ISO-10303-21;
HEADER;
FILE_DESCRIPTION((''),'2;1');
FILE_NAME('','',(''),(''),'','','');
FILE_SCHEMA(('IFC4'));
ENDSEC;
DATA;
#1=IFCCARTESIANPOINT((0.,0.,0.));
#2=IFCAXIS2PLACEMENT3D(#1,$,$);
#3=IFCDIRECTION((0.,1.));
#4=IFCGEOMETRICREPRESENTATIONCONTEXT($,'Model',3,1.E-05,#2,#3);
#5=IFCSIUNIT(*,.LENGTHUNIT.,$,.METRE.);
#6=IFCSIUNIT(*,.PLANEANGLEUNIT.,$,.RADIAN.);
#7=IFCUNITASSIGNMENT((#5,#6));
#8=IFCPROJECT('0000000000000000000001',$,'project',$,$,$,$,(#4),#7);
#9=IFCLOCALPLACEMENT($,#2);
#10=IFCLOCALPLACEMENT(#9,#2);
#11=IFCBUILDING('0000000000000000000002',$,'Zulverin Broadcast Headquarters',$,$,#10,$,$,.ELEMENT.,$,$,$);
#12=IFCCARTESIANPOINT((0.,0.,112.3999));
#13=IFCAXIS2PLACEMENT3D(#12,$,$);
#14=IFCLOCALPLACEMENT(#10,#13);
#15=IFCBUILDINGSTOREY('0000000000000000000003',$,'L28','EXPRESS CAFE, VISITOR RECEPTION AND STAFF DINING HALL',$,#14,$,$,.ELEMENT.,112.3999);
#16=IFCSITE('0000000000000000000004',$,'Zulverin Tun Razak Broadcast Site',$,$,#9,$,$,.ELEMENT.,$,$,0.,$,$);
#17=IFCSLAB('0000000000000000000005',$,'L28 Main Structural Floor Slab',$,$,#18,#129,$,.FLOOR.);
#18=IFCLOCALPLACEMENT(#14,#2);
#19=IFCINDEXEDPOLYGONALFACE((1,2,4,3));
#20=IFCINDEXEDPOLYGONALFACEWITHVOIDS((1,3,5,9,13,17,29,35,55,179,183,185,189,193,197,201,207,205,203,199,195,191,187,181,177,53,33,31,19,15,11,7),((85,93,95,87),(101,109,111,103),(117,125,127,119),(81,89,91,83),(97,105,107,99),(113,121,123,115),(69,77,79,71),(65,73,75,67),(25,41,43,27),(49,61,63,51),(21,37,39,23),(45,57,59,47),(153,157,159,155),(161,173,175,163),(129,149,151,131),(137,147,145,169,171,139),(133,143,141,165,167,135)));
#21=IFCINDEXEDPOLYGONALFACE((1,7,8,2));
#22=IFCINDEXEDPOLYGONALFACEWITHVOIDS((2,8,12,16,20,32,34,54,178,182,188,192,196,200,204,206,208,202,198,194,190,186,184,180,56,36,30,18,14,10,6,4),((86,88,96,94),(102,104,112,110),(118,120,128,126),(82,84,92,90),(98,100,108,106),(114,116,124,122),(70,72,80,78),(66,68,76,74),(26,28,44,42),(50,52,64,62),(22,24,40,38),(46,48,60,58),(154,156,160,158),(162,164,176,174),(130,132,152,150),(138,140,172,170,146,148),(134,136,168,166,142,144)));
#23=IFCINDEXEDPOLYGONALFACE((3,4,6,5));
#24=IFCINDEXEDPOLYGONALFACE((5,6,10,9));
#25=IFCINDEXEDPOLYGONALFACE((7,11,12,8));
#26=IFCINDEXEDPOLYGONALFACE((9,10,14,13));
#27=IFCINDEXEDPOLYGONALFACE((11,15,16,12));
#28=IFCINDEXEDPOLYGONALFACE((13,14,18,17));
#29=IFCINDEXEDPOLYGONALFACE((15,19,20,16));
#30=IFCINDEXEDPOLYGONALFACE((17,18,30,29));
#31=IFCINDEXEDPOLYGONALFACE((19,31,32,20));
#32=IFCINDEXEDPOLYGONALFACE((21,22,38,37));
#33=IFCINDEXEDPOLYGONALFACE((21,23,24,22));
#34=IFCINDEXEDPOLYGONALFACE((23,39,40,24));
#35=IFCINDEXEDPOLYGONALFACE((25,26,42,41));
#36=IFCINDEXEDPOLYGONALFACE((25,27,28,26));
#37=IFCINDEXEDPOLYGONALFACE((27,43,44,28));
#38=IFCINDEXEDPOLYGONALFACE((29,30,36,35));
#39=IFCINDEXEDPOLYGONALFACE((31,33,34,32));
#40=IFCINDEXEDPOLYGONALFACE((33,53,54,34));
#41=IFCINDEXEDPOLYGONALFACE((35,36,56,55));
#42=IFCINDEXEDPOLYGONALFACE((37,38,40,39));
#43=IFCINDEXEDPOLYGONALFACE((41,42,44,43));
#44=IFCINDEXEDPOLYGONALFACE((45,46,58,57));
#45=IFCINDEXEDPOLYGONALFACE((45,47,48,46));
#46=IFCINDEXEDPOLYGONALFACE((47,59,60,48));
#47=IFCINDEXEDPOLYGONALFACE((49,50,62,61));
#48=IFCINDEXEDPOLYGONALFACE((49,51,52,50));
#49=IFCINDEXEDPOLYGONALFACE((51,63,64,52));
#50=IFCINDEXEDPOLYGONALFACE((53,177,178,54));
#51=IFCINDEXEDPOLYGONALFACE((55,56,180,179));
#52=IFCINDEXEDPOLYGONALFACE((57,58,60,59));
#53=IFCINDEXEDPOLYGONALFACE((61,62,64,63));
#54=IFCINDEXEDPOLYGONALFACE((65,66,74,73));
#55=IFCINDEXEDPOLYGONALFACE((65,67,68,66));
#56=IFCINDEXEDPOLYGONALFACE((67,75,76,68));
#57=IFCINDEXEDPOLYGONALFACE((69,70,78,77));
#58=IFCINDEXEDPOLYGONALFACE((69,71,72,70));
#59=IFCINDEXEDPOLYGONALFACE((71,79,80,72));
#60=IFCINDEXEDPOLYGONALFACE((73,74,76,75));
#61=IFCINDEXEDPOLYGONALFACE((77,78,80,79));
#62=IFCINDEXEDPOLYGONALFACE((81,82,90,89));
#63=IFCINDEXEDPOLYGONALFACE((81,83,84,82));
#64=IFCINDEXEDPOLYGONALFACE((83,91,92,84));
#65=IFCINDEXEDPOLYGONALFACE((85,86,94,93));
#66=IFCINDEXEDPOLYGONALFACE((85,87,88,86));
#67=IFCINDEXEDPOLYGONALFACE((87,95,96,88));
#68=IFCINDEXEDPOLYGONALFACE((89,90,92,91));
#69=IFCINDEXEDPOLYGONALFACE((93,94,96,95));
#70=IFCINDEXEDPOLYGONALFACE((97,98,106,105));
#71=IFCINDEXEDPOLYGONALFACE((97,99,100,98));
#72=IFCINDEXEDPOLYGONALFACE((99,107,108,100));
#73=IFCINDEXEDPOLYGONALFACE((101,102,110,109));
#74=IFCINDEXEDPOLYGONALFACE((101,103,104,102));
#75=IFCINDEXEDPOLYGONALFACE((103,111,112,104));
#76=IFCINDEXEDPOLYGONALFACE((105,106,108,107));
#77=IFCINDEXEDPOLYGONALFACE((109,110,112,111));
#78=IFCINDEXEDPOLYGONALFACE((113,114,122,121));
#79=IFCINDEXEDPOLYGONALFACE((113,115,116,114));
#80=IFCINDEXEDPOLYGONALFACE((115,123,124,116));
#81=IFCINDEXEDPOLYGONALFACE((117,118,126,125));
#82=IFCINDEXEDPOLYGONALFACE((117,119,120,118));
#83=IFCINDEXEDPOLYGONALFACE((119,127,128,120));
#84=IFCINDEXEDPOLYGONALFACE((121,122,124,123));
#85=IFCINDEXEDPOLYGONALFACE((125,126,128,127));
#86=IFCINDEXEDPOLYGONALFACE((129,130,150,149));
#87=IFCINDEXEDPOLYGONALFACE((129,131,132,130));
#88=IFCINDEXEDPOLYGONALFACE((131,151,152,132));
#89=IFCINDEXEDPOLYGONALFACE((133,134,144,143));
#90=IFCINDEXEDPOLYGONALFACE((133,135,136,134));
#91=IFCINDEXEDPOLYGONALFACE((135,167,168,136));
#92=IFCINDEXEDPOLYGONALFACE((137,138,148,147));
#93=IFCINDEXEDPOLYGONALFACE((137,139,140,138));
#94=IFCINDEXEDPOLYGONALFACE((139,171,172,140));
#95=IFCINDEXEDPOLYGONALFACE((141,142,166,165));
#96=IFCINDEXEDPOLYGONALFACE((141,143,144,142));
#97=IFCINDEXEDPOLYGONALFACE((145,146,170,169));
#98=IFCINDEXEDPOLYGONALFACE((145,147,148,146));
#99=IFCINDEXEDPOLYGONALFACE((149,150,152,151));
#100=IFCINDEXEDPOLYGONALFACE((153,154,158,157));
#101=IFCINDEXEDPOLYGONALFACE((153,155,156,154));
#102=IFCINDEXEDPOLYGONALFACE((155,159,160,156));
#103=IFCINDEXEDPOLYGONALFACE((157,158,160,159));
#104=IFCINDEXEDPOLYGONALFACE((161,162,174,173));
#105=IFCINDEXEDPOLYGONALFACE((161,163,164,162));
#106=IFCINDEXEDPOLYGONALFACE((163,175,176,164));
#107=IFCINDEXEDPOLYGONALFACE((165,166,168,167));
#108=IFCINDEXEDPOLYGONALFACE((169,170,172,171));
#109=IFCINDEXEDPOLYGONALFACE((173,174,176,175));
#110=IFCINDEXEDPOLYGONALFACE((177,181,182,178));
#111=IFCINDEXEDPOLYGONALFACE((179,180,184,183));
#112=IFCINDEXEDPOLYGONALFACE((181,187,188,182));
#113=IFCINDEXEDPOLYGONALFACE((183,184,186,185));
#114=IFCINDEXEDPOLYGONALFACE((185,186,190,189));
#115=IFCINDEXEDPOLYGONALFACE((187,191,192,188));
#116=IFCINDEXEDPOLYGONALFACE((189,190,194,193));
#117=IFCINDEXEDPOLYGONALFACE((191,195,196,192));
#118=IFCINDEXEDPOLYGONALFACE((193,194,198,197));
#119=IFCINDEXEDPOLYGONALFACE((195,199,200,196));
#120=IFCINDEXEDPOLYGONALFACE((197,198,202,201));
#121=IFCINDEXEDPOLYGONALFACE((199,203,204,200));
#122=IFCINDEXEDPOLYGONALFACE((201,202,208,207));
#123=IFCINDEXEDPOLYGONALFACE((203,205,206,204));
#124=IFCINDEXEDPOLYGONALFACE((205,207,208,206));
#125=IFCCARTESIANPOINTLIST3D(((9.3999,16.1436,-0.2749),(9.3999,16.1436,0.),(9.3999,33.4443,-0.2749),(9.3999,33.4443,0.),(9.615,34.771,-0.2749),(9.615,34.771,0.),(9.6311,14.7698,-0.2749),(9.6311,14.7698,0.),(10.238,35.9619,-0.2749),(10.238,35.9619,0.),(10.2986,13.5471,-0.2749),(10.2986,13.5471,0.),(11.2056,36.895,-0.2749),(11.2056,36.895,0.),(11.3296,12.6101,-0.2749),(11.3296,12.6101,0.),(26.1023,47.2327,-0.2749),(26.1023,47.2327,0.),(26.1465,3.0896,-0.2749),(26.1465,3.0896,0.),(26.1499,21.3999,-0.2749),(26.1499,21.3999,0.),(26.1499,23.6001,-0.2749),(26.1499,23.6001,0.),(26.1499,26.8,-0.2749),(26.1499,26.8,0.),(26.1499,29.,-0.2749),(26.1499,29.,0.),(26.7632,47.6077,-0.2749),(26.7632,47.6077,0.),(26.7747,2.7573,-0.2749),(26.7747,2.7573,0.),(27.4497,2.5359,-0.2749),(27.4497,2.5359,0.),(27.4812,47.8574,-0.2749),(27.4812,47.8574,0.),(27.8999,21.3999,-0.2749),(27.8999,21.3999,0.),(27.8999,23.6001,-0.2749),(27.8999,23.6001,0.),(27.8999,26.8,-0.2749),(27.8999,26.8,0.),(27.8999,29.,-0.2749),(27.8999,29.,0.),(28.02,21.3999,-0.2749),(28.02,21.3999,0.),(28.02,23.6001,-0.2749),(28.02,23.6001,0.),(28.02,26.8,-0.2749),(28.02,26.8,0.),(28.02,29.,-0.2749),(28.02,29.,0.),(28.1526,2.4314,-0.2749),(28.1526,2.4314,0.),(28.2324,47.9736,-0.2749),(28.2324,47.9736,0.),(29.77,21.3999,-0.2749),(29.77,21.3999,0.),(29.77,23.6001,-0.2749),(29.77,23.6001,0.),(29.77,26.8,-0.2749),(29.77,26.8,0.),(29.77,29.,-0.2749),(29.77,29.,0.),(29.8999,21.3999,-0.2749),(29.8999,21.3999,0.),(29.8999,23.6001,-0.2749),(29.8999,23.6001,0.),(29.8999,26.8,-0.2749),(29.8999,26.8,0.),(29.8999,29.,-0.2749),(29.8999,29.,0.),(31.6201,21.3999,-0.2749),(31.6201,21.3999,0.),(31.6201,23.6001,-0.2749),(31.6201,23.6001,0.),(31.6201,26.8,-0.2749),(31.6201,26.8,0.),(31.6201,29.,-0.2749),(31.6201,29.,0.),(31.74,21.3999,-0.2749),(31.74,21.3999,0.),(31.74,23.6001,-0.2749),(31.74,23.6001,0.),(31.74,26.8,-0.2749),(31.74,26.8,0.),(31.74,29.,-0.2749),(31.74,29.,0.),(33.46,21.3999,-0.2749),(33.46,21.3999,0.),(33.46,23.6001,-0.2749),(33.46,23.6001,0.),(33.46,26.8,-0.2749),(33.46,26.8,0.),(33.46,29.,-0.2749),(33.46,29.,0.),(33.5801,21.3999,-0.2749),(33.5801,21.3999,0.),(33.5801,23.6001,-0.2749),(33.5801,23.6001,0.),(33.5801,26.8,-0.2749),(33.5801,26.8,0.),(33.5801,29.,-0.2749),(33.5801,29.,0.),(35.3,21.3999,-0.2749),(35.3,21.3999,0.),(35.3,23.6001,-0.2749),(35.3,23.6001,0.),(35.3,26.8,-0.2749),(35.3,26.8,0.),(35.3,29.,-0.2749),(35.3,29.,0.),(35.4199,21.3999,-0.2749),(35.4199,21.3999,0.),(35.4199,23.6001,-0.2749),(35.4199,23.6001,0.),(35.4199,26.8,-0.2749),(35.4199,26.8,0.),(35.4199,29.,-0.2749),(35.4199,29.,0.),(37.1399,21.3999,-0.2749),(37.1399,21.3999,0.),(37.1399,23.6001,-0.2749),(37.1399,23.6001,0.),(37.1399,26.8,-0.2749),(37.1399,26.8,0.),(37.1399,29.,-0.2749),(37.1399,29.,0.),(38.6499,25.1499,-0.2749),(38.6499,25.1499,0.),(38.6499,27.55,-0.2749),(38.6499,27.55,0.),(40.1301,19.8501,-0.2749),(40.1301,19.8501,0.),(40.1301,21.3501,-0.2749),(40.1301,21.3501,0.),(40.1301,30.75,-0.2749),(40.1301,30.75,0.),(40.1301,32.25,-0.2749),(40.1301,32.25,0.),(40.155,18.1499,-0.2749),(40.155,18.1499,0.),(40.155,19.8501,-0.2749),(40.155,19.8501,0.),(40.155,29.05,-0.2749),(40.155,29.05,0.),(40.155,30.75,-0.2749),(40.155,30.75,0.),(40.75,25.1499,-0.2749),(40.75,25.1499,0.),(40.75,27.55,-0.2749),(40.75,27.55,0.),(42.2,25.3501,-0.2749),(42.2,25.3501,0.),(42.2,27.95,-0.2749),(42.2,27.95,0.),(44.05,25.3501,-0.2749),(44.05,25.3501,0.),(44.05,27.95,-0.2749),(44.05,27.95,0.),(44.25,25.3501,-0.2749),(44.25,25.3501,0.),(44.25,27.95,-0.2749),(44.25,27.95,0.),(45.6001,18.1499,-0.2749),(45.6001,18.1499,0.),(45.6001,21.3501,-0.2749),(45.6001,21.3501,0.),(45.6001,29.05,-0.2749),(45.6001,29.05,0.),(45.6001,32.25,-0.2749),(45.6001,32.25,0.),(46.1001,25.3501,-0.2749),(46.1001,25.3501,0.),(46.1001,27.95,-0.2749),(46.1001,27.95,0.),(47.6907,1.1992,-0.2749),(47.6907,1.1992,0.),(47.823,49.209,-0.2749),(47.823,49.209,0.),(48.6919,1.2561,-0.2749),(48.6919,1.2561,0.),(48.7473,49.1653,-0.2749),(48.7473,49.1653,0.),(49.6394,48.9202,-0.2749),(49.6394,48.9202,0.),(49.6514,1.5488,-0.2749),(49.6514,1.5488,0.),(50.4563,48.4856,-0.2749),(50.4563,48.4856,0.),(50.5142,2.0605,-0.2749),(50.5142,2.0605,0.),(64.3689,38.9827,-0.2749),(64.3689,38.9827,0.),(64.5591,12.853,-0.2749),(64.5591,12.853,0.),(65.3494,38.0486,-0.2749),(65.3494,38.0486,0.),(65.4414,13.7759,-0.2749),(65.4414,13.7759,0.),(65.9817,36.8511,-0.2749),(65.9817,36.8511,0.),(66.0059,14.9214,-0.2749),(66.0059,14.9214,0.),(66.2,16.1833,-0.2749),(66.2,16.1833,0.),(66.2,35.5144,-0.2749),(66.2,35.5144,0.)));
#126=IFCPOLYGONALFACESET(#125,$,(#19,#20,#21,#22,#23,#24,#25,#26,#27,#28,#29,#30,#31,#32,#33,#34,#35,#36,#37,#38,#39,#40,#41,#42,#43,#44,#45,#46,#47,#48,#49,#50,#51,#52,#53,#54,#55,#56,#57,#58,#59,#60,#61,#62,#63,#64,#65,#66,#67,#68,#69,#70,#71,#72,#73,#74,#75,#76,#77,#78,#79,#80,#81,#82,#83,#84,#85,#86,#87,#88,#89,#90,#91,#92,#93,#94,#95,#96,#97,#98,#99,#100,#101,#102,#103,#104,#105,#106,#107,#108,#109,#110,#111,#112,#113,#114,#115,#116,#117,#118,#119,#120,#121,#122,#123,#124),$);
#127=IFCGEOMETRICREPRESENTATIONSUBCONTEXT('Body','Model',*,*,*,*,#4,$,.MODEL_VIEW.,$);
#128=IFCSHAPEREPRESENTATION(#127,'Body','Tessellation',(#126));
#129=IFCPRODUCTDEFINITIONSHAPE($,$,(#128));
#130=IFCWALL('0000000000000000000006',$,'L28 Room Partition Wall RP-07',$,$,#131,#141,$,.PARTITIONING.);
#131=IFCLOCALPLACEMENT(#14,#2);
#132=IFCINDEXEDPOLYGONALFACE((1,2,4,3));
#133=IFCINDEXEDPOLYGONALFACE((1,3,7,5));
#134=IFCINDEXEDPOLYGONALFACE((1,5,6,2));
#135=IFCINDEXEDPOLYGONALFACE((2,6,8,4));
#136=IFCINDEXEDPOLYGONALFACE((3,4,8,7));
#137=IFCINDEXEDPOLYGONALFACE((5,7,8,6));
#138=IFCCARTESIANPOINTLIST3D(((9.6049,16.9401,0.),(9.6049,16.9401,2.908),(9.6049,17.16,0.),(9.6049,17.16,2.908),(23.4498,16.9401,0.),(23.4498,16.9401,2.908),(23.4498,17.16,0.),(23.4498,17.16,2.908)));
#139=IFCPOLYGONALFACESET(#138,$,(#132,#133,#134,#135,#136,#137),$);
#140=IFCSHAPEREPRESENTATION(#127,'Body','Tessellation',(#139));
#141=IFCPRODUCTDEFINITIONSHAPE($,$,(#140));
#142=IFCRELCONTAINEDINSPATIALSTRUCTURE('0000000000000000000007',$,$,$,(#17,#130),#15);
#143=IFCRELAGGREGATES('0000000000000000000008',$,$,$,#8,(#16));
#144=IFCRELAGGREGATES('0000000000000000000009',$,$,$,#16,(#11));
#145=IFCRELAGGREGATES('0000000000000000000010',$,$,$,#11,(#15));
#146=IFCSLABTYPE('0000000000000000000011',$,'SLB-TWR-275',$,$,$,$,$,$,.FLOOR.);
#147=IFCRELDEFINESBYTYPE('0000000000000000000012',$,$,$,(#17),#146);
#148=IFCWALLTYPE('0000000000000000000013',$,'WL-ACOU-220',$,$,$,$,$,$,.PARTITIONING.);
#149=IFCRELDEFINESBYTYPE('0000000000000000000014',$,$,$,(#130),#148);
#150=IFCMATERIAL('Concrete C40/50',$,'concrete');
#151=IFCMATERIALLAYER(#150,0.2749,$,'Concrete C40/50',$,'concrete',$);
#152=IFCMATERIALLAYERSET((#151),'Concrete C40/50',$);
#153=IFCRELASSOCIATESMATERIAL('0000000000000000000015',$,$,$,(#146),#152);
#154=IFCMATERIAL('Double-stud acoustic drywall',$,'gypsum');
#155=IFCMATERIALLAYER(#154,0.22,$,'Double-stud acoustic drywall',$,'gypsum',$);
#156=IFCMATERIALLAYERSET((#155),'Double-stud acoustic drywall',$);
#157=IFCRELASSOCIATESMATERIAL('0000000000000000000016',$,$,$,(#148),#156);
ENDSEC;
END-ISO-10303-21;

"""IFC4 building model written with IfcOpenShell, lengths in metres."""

from ifc_helpers import new_model, si_unit, direction, frame, frame_2d, origin, place, context, subcontext, project, spatial, polyline, rectangle, outline, extrude, material, layer, layer_set, type_object, element, save


model = new_model("IFC4")

# Units and contexts
model_context = context("Model", 3, precision=1e-05, world=origin(), true_north=direction((0.0, 1.0)))
body_context = subcontext(model_context, "Body", "Model", "MODEL_VIEW")
ifc_project = project(units=[si_unit("LENGTHUNIT", "METRE"), si_unit("PLANEANGLEUNIT", "RADIAN")], contexts=[model_context])

# Site, building, storey
site_placement = place(None, origin())
site = spatial("IfcSite", under=ifc_project, at=site_placement, Name="Zulverin Tun Razak Broadcast Site", CompositionType="ELEMENT", RefElevation=0.0)
building_placement = place(site_placement, origin())
building = spatial("IfcBuilding", under=site, at=building_placement, Name="Zulverin Broadcast Headquarters", CompositionType="ELEMENT")
storey_placement = place(building_placement, frame((0.0, 0.0, 112.3999)))
storey = spatial("IfcBuildingStorey", under=building, at=storey_placement, Name="L28", Description="EXPRESS CAFE, VISITOR RECEPTION AND STAFF DINING HALL", CompositionType="ELEMENT", Elevation=112.3999)

# Shared definitions
ifc_material_1 = material(Name="Concrete C40/50", Category="concrete")

# Slab
ifc_layer_1 = layer(ifc_material_1, 0.2749, Name="Concrete C40/50", Category="concrete")
ifc_layer_set_1 = layer_set([ifc_layer_1], Name="Concrete C40/50")
slab_type_1 = type_object("IfcSlabType", Name="SLB-TWR-275", PredefinedType="FLOOR", material=ifc_layer_set_1)
slab_1_placement = place(storey_placement, frame((0.0, 0.0, -0.2749)))
element("IfcSlab", 1, at=slab_1_placement, inside=storey, type_object=slab_type_1, Name="L28 Main Structural Floor Slab", PredefinedType="FLOOR", context=body_context, shape_type="SweptSolid", body=[
    extrude(outline(polyline([(26.1465, 3.0896), (26.7747, 2.7573), (27.4497, 2.5359), (28.1526, 2.4314), (47.6907, 1.1992), (48.6919, 1.2561), (49.6514, 1.5488), (50.5142, 2.0605), (64.5591, 12.853), (65.4414, 13.7759), (66.0059, 14.9214), (66.2, 16.1833), (66.2, 35.5144), (65.9817, 36.8511), (65.3494, 38.0486), (64.3689, 38.9827), (50.4563, 48.4856), (49.6394, 48.9202), (48.7473, 49.1653), (47.823, 49.209), (28.2324, 47.9736), (27.4812, 47.8574), (26.7632, 47.6077), (26.1023, 47.2327), (11.2056, 36.895), (10.238, 35.9619), (9.615, 34.771), (9.3999, 33.4443), (9.3999, 16.1436), (9.6311, 14.7698), (10.2986, 13.5471), (11.3296, 12.6101), (26.1465, 3.0896)]), holes=[polyline([(40.155, 30.75), (40.1301, 30.75), (40.1301, 32.25), (45.6001, 32.25), (45.6001, 29.05), (40.155, 29.05), (40.155, 30.75)]), polyline([(40.155, 19.8501), (40.1301, 19.8501), (40.1301, 21.3501), (45.6001, 21.3501), (45.6001, 18.1499), (40.155, 18.1499), (40.155, 19.8501)]), polyline([(26.1499, 26.8), (27.8999, 26.8), (27.8999, 29.0), (26.1499, 29.0), (26.1499, 26.8)]), polyline([(28.02, 26.8), (29.77, 26.8), (29.77, 29.0), (28.02, 29.0), (28.02, 26.8)]), polyline([(26.1499, 21.3999), (27.8999, 21.3999), (27.8999, 23.6001), (26.1499, 23.6001), (26.1499, 21.3999)]), polyline([(28.02, 21.3999), (29.77, 21.3999), (29.77, 23.6001), (28.02, 23.6001), (28.02, 21.3999)]), polyline([(29.8999, 21.3999), (31.6201, 21.3999), (31.6201, 23.6001), (29.8999, 23.6001), (29.8999, 21.3999)]), polyline([(31.74, 21.3999), (33.46, 21.3999), (33.46, 23.6001), (31.74, 23.6001), (31.74, 21.3999)]), polyline([(33.5801, 21.3999), (35.3, 21.3999), (35.3, 23.6001), (33.5801, 23.6001), (33.5801, 21.3999)]), polyline([(35.4199, 21.3999), (37.1399, 21.3999), (37.1399, 23.6001), (35.4199, 23.6001), (35.4199, 21.3999)]), polyline([(29.8999, 26.8), (31.6201, 26.8), (31.6201, 29.0), (29.8999, 29.0), (29.8999, 26.8)]), polyline([(31.74, 26.8), (33.46, 26.8), (33.46, 29.0), (31.74, 29.0), (31.74, 26.8)]), polyline([(33.5801, 26.8), (35.3, 26.8), (35.3, 29.0), (33.5801, 29.0), (33.5801, 26.8)]), polyline([(35.4199, 26.8), (37.1399, 26.8), (37.1399, 29.0), (35.4199, 29.0), (35.4199, 26.8)]), polyline([(42.2, 25.3501), (44.05, 25.3501), (44.05, 27.95), (42.2, 27.95), (42.2, 25.3501)]), polyline([(44.25, 25.3501), (46.1001, 25.3501), (46.1001, 27.95), (44.25, 27.95), (44.25, 25.3501)]), polyline([(38.6499, 25.1499), (40.75, 25.1499), (40.75, 27.55), (38.6499, 27.55), (38.6499, 25.1499)])]), origin(), (0.0, 0.0, 1.0), 0.2749),
])

# Wall
ifc_material_2 = material(Name="Double-stud acoustic drywall", Category="gypsum")
ifc_layer_2 = layer(ifc_material_2, 0.22, Name="Double-stud acoustic drywall", Category="gypsum")
ifc_layer_set_2 = layer_set([ifc_layer_2], Name="Double-stud acoustic drywall")
wall_type_1 = type_object("IfcWallType", Name="WL-ACOU-220", PredefinedType="PARTITIONING", material=ifc_layer_set_2)
wall_1_placement = place(storey_placement, frame((9.605, 17.05, 0.0), z_axis=(0.0, 0.0, 1.0), x_axis=(1.0, 0.0, 0.0)))
element("IfcWall", 2, at=wall_1_placement, inside=storey, type_object=wall_type_1, Name="L28 Room Partition Wall RP-07", PredefinedType="PARTITIONING", context=body_context, shape_type="SweptSolid", body=[
    extrude(rectangle(XDim=13.845, YDim=0.22, at=frame_2d((6.9224, 0.0))), origin(), (0.0, 0.0, 1.0), 2.908),
])

save(model, "model.ifc")
